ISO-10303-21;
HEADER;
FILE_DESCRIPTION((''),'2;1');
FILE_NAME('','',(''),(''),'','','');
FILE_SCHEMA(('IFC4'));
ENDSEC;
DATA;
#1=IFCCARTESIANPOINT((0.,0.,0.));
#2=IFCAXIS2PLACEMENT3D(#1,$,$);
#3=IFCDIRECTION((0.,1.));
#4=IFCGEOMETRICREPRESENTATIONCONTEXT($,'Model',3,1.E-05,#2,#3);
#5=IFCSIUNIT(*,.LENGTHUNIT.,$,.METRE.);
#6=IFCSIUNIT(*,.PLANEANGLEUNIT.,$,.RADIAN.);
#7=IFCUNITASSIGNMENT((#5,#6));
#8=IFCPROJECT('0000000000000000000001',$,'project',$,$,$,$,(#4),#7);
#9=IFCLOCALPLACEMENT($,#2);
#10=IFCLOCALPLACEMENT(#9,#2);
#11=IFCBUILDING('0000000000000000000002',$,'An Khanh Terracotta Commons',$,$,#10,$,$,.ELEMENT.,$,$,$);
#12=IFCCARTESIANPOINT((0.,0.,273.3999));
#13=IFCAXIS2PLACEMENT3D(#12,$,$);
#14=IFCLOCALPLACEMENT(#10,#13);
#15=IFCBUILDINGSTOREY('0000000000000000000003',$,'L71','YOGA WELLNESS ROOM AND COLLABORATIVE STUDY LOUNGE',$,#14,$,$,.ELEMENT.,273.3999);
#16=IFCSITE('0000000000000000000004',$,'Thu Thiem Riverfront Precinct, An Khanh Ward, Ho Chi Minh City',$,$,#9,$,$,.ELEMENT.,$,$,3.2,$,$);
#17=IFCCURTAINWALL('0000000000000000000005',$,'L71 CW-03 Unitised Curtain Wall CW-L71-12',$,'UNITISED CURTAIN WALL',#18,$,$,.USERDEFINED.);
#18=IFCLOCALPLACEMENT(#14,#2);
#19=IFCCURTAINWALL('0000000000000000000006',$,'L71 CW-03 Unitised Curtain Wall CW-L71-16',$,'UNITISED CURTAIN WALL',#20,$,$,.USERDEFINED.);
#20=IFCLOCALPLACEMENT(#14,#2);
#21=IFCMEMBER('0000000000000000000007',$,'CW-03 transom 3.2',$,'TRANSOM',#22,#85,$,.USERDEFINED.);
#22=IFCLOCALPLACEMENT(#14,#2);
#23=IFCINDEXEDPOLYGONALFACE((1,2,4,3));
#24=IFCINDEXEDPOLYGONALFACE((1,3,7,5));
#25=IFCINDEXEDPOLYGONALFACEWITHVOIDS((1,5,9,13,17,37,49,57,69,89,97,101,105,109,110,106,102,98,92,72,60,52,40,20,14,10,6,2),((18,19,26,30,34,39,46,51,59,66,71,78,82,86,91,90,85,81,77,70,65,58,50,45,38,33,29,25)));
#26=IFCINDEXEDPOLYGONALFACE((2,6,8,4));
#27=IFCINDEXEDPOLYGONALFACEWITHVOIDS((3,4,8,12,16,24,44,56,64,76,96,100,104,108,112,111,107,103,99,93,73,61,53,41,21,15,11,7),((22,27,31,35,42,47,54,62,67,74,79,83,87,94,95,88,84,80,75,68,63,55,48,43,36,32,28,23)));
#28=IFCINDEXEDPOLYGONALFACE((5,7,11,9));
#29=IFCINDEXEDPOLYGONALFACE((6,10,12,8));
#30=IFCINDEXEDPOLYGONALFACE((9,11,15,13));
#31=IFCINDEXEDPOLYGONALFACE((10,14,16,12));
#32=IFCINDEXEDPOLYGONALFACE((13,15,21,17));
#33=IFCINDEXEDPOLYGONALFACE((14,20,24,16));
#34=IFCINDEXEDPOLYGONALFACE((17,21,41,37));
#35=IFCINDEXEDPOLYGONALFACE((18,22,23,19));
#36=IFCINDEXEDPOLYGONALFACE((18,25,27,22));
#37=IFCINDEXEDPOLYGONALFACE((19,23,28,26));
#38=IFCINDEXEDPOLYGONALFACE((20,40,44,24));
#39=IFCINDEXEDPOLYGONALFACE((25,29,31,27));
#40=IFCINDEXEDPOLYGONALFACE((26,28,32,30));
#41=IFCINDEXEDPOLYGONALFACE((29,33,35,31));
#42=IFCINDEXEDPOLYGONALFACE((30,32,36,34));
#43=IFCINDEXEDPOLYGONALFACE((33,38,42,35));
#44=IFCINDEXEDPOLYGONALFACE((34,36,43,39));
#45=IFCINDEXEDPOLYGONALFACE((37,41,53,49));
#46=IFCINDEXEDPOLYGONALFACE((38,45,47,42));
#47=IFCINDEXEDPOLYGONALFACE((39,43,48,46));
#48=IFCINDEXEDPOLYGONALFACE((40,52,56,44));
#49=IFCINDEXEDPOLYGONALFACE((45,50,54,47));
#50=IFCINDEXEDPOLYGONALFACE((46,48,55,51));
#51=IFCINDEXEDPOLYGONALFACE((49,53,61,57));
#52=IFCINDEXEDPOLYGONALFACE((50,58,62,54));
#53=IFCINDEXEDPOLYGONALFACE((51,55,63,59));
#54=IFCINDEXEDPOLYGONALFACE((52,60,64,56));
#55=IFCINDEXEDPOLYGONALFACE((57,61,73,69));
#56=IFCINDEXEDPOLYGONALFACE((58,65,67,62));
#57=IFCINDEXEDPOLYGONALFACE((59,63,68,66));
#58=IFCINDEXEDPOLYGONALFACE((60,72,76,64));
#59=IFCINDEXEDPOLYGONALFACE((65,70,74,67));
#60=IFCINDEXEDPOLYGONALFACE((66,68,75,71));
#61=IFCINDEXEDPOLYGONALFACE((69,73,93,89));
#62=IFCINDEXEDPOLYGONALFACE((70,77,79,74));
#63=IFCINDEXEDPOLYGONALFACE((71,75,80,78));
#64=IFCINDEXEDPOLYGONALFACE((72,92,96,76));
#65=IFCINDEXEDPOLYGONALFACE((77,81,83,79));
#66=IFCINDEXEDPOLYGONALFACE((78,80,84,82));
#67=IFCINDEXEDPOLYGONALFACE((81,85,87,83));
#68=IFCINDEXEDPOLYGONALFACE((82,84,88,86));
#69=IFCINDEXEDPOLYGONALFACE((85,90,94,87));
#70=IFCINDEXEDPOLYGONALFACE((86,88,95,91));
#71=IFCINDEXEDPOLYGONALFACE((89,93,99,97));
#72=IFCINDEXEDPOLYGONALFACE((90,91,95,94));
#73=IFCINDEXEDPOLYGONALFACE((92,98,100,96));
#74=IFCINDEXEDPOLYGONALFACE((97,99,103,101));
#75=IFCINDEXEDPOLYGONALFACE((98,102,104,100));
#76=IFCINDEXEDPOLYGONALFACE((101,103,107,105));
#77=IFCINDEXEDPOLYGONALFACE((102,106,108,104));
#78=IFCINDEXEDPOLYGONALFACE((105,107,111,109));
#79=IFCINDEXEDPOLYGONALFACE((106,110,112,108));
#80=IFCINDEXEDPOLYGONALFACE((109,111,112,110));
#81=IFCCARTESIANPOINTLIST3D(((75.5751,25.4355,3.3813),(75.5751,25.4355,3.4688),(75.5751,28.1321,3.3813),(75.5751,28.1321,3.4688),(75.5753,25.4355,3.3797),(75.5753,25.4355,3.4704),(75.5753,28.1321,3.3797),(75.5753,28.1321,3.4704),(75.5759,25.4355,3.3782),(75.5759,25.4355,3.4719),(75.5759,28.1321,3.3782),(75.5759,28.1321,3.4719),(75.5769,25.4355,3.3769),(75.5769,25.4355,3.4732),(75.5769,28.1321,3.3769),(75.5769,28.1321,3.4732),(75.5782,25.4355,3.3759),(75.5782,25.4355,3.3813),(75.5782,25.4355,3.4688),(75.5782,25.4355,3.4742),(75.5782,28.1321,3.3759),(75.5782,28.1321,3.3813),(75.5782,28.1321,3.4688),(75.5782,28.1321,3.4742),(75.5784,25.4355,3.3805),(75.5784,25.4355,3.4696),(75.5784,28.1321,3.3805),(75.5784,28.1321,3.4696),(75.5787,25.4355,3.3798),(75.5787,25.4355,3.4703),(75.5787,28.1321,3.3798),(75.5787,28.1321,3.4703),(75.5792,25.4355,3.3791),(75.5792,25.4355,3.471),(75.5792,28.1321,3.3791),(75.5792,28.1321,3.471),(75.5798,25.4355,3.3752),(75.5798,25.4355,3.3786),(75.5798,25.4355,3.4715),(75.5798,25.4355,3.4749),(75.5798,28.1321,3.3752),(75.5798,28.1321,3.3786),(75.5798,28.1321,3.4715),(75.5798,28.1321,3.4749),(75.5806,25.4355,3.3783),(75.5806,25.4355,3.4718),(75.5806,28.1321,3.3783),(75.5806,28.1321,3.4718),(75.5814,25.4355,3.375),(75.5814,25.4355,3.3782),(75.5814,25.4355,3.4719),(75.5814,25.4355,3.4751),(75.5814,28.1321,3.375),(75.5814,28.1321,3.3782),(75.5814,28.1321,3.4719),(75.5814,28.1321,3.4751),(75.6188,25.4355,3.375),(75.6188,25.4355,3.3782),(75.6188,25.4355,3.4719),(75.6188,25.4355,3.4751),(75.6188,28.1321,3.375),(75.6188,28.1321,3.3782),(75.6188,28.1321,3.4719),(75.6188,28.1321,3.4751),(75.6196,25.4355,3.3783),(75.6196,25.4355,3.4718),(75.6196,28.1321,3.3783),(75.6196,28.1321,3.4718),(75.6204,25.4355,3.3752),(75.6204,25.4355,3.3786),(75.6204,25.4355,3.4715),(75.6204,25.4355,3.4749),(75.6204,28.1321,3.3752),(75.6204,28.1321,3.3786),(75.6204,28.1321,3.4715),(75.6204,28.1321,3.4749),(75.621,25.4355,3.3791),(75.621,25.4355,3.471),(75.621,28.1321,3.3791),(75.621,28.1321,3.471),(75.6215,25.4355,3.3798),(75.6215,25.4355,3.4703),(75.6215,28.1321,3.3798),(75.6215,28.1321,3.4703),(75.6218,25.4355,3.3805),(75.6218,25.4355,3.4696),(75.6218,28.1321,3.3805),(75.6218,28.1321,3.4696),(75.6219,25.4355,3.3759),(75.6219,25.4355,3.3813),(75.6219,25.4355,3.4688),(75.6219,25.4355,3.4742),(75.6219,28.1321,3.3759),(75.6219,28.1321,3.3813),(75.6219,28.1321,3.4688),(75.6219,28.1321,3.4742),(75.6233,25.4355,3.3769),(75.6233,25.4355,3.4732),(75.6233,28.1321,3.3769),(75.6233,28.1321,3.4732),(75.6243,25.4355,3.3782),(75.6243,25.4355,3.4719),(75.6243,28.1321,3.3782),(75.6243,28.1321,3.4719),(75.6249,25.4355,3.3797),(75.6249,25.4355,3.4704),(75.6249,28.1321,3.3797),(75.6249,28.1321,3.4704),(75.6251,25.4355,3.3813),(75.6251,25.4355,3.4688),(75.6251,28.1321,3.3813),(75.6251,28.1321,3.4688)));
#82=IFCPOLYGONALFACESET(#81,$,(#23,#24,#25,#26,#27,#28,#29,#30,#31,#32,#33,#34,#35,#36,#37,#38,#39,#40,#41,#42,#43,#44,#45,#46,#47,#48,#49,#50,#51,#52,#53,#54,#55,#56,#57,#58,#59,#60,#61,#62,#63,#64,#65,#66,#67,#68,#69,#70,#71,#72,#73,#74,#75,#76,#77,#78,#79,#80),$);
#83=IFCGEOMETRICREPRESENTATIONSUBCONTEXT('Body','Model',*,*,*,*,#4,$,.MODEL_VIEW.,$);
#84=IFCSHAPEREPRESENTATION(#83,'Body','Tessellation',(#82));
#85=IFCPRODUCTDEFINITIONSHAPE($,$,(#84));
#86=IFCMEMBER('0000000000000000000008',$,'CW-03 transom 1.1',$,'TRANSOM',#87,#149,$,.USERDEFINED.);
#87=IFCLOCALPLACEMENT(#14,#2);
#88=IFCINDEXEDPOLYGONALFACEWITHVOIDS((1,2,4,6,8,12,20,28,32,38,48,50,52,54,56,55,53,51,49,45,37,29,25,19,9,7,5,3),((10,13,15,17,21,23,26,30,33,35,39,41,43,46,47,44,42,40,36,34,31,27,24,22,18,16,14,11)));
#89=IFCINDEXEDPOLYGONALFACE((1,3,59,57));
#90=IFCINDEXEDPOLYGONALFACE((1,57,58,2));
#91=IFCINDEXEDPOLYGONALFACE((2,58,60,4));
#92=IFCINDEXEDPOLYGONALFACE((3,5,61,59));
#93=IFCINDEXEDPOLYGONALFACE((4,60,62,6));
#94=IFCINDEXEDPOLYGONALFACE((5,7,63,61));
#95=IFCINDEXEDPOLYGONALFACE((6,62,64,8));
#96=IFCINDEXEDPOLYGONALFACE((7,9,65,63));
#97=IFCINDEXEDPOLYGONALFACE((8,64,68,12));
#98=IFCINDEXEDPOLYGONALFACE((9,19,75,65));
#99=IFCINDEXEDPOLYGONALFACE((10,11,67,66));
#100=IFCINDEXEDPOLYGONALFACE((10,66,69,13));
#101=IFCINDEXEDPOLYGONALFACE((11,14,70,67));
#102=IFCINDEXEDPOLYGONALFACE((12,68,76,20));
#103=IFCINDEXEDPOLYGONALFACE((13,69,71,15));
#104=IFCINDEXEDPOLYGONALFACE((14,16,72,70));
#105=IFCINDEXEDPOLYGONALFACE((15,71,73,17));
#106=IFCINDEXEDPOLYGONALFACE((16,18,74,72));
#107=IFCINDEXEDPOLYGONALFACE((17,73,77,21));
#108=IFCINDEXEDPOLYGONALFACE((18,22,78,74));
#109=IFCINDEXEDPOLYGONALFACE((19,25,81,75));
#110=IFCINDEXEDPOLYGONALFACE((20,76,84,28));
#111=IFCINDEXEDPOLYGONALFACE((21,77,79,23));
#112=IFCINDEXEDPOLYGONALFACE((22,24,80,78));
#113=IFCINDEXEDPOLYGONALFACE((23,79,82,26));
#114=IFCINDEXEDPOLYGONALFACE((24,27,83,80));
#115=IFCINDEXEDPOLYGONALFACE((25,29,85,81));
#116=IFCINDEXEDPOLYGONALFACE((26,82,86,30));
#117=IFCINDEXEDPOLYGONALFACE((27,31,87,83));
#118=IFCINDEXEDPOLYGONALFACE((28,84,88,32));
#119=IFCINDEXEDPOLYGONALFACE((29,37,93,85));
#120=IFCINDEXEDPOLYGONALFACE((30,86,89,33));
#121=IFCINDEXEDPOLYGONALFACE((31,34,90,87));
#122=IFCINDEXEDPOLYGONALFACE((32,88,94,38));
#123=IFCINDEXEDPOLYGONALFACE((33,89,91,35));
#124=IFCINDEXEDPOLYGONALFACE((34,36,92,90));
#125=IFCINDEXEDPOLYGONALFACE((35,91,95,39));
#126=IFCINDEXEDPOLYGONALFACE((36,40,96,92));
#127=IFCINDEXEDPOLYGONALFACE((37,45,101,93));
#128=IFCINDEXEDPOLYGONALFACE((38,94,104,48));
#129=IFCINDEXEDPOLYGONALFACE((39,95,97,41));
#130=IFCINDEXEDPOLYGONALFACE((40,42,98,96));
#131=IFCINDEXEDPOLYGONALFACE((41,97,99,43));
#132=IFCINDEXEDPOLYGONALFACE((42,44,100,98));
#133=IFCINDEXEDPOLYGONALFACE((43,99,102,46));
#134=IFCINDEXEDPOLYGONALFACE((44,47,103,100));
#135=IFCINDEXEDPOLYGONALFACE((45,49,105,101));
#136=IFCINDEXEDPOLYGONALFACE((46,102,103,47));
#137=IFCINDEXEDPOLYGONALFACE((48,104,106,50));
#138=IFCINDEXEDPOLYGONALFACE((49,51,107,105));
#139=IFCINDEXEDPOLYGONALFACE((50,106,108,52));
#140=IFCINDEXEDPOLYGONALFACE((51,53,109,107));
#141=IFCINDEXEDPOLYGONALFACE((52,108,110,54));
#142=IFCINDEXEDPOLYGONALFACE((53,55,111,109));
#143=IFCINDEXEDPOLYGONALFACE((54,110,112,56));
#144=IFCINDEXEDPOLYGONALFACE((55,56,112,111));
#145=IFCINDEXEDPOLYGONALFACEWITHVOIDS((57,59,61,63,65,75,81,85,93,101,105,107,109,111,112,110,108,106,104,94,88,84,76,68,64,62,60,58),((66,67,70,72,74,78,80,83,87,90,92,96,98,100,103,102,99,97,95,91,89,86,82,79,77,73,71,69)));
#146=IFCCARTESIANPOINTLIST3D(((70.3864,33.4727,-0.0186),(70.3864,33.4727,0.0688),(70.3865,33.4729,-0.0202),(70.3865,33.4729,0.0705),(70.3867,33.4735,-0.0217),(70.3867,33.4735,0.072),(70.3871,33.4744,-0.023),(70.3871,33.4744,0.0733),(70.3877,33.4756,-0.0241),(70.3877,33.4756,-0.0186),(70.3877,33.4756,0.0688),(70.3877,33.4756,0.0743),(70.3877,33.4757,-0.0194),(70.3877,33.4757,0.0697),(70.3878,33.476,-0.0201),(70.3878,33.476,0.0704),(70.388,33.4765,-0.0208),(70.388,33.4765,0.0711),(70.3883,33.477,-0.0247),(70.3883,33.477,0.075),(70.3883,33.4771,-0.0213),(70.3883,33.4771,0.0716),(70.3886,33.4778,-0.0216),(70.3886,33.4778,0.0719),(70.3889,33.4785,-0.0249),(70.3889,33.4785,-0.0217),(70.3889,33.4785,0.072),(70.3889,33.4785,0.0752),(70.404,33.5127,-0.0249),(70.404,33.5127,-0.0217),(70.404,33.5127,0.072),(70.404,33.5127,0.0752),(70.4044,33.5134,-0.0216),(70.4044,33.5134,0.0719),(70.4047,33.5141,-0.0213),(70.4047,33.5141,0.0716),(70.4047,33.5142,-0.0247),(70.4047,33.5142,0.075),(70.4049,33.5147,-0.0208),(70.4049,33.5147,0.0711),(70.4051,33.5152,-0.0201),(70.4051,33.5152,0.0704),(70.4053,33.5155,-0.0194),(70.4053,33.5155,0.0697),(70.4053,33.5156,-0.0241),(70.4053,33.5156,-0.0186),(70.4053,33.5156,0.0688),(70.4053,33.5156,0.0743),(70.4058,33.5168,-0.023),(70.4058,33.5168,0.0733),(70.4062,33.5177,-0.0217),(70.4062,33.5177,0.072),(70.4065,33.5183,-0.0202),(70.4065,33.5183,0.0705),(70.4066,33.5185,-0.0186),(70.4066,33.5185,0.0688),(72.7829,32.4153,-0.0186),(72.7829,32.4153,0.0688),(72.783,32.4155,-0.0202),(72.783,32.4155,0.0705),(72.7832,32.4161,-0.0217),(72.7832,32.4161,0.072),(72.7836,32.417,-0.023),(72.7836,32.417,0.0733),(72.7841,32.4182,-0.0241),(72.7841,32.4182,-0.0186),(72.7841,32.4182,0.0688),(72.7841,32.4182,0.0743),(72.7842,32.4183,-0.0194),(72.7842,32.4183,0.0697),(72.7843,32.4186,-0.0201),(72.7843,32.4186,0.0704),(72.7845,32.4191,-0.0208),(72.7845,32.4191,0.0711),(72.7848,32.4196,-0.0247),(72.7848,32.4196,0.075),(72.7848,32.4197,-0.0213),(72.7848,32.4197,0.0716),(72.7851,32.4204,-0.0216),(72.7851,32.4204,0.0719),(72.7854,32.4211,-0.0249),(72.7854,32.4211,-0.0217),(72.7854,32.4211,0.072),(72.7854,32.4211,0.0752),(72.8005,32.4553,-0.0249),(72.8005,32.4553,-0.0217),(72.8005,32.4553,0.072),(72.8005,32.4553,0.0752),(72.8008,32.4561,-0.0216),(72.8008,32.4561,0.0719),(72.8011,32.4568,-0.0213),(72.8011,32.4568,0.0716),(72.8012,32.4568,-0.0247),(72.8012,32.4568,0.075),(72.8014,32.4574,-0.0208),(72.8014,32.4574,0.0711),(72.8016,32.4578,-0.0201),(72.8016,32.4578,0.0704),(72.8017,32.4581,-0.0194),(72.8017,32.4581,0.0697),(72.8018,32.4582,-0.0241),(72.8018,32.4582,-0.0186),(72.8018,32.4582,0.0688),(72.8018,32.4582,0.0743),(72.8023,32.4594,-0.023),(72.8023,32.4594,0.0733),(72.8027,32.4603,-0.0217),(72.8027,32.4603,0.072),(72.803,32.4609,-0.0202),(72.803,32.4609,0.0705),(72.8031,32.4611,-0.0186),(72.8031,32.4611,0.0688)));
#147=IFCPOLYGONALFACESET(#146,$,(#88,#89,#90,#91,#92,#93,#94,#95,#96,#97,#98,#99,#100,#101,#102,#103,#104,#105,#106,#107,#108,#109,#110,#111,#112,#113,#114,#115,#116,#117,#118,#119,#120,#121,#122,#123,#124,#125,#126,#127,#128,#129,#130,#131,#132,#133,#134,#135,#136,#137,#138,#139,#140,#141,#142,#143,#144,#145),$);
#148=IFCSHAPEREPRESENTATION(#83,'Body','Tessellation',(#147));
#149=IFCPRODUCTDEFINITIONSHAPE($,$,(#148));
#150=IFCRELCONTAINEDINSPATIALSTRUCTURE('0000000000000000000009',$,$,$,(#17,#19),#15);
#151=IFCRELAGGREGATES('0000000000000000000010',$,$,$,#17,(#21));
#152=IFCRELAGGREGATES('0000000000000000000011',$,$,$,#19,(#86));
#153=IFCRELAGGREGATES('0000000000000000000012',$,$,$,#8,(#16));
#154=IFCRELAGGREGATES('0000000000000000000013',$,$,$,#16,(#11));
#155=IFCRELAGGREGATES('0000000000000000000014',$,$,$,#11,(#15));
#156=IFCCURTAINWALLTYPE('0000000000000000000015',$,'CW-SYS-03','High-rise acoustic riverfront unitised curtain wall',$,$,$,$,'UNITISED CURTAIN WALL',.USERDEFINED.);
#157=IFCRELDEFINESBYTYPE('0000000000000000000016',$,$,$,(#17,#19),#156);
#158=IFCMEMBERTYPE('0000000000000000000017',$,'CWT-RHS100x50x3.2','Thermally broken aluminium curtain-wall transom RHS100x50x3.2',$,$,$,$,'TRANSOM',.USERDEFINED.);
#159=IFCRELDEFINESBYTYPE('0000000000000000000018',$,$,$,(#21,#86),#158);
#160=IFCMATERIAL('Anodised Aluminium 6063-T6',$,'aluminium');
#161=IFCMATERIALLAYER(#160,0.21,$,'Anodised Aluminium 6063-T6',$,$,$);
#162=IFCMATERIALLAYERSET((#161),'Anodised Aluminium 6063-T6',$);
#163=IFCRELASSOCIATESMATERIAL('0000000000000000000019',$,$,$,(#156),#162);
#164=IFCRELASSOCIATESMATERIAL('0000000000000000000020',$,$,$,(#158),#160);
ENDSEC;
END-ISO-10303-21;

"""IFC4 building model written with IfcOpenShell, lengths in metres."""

from ifc_helpers import new_model, si_unit, direction, frame, origin, origin_2d, place, context, subcontext, project, spatial, hollow_rectangle, extrude, material, layer, layer_set, material_profile, profile_set, type_object, element, aggregate, save


model = new_model("IFC4")

# Units and contexts
model_context = context("Model", 3, precision=1e-05, world=origin(), true_north=direction((0.0, 1.0)))
body_context = subcontext(model_context, "Body", "Model", "MODEL_VIEW")
ifc_project = project(units=[si_unit("LENGTHUNIT", "METRE"), si_unit("PLANEANGLEUNIT", "RADIAN")], contexts=[model_context])

# Site, building, storey
site_placement = place(None, origin())
site = spatial("IfcSite", under=ifc_project, at=site_placement, Name="Thu Thiem Riverfront Precinct, An Khanh Ward, Ho Chi Minh City", CompositionType="ELEMENT", RefElevation=3.2)
building_placement = place(site_placement, origin())
building = spatial("IfcBuilding", under=site, at=building_placement, Name="An Khanh Terracotta Commons", CompositionType="ELEMENT")
storey_placement = place(building_placement, frame((0.0, 0.0, 273.3999)))
storey = spatial("IfcBuildingStorey", under=building, at=storey_placement, Name="L71", Description="YOGA WELLNESS ROOM AND COLLABORATIVE STUDY LOUNGE", CompositionType="ELEMENT", Elevation=273.3999)

# Curtain walls
ifc_material_1 = material(Name="Anodised Aluminium 6063-T6", Category="aluminium")
ifc_layer_1 = layer(ifc_material_1, 0.21, Name="Anodised Aluminium 6063-T6")
ifc_layer_set_1 = layer_set([ifc_layer_1], Name="Anodised Aluminium 6063-T6")
curtain_wall_type = type_object("IfcCurtainWallType", Name="CW-SYS-03", Description="High-rise acoustic riverfront unitised curtain wall", ElementType="UNITISED CURTAIN WALL", PredefinedType="USERDEFINED", material=ifc_layer_set_1)
curtain_wall_1_placement = place(storey_placement, origin())
curtain_wall_1 = element("IfcCurtainWall", 1, at=curtain_wall_1_placement, inside=storey, type_object=curtain_wall_type, Name="L71 CW-03 Unitised Curtain Wall CW-L71-12", ObjectType="UNITISED CURTAIN WALL", PredefinedType="USERDEFINED")
curtain_wall_2_placement = place(storey_placement, origin())
curtain_wall_2 = element("IfcCurtainWall", 2, at=curtain_wall_2_placement, inside=storey, type_object=curtain_wall_type, Name="L71 CW-03 Unitised Curtain Wall CW-L71-16", ObjectType="UNITISED CURTAIN WALL", PredefinedType="USERDEFINED")

# Members
ifc_material_profile_1 = material_profile(ifc_material_1, hollow_rectangle(XDim=0.05, YDim=0.1001, WallThickness=0.0032, InnerFilletRadius=0.0032, OuterFilletRadius=0.0063, at=origin_2d()), Name="RHS100x50x3.2")
ifc_profile_set_1 = profile_set([ifc_material_profile_1], Name="Anodised Aluminium 6063-T6")
member_type_1 = type_object("IfcMemberType", Name="CWT-RHS100x50x3.2", Description="Thermally broken aluminium curtain-wall transom RHS100x50x3.2", ElementType="TRANSOM", PredefinedType="USERDEFINED", material=ifc_profile_set_1)
member_1_placement = place(storey_placement, frame((75.6001, 25.4355, 3.425), z_axis=(0.0, 1.0, 0.0), x_axis=(-1.0, 0.0, 0.0)))
member_1 = element("IfcMember", 3, at=member_1_placement, type_object=member_type_1, Name="CW-03 transom 3.2", ObjectType="TRANSOM", PredefinedType="USERDEFINED", context=body_context, shape_type="SweptSolid", body=[
    extrude(hollow_rectangle(XDim=0.05, YDim=0.1001, WallThickness=0.0032, InnerFilletRadius=0.0032, OuterFilletRadius=0.0063, at=origin_2d()), origin(), (0.0, 0.0, 1.0), 2.6965),
])
member_2_placement = place(storey_placement, frame((72.793, 32.4382, 0.0251), z_axis=(-0.914904, 0.403672, 0.0), x_axis=(-0.403672, -0.914904, 0.0)))
member_2 = element("IfcMember", 4, at=member_2_placement, type_object=member_type_1, Name="CW-03 transom 1.1", ObjectType="TRANSOM", PredefinedType="USERDEFINED", context=body_context, shape_type="SweptSolid", body=[
    extrude(hollow_rectangle(XDim=0.05, YDim=0.1001, WallThickness=0.0032, InnerFilletRadius=0.0032, OuterFilletRadius=0.0063, at=origin_2d()), origin(), (0.0, 0.0, 1.0), 2.6194),
])

aggregate(curtain_wall_1, [member_1])
aggregate(curtain_wall_2, [member_2])

save(model, "model.ifc")
